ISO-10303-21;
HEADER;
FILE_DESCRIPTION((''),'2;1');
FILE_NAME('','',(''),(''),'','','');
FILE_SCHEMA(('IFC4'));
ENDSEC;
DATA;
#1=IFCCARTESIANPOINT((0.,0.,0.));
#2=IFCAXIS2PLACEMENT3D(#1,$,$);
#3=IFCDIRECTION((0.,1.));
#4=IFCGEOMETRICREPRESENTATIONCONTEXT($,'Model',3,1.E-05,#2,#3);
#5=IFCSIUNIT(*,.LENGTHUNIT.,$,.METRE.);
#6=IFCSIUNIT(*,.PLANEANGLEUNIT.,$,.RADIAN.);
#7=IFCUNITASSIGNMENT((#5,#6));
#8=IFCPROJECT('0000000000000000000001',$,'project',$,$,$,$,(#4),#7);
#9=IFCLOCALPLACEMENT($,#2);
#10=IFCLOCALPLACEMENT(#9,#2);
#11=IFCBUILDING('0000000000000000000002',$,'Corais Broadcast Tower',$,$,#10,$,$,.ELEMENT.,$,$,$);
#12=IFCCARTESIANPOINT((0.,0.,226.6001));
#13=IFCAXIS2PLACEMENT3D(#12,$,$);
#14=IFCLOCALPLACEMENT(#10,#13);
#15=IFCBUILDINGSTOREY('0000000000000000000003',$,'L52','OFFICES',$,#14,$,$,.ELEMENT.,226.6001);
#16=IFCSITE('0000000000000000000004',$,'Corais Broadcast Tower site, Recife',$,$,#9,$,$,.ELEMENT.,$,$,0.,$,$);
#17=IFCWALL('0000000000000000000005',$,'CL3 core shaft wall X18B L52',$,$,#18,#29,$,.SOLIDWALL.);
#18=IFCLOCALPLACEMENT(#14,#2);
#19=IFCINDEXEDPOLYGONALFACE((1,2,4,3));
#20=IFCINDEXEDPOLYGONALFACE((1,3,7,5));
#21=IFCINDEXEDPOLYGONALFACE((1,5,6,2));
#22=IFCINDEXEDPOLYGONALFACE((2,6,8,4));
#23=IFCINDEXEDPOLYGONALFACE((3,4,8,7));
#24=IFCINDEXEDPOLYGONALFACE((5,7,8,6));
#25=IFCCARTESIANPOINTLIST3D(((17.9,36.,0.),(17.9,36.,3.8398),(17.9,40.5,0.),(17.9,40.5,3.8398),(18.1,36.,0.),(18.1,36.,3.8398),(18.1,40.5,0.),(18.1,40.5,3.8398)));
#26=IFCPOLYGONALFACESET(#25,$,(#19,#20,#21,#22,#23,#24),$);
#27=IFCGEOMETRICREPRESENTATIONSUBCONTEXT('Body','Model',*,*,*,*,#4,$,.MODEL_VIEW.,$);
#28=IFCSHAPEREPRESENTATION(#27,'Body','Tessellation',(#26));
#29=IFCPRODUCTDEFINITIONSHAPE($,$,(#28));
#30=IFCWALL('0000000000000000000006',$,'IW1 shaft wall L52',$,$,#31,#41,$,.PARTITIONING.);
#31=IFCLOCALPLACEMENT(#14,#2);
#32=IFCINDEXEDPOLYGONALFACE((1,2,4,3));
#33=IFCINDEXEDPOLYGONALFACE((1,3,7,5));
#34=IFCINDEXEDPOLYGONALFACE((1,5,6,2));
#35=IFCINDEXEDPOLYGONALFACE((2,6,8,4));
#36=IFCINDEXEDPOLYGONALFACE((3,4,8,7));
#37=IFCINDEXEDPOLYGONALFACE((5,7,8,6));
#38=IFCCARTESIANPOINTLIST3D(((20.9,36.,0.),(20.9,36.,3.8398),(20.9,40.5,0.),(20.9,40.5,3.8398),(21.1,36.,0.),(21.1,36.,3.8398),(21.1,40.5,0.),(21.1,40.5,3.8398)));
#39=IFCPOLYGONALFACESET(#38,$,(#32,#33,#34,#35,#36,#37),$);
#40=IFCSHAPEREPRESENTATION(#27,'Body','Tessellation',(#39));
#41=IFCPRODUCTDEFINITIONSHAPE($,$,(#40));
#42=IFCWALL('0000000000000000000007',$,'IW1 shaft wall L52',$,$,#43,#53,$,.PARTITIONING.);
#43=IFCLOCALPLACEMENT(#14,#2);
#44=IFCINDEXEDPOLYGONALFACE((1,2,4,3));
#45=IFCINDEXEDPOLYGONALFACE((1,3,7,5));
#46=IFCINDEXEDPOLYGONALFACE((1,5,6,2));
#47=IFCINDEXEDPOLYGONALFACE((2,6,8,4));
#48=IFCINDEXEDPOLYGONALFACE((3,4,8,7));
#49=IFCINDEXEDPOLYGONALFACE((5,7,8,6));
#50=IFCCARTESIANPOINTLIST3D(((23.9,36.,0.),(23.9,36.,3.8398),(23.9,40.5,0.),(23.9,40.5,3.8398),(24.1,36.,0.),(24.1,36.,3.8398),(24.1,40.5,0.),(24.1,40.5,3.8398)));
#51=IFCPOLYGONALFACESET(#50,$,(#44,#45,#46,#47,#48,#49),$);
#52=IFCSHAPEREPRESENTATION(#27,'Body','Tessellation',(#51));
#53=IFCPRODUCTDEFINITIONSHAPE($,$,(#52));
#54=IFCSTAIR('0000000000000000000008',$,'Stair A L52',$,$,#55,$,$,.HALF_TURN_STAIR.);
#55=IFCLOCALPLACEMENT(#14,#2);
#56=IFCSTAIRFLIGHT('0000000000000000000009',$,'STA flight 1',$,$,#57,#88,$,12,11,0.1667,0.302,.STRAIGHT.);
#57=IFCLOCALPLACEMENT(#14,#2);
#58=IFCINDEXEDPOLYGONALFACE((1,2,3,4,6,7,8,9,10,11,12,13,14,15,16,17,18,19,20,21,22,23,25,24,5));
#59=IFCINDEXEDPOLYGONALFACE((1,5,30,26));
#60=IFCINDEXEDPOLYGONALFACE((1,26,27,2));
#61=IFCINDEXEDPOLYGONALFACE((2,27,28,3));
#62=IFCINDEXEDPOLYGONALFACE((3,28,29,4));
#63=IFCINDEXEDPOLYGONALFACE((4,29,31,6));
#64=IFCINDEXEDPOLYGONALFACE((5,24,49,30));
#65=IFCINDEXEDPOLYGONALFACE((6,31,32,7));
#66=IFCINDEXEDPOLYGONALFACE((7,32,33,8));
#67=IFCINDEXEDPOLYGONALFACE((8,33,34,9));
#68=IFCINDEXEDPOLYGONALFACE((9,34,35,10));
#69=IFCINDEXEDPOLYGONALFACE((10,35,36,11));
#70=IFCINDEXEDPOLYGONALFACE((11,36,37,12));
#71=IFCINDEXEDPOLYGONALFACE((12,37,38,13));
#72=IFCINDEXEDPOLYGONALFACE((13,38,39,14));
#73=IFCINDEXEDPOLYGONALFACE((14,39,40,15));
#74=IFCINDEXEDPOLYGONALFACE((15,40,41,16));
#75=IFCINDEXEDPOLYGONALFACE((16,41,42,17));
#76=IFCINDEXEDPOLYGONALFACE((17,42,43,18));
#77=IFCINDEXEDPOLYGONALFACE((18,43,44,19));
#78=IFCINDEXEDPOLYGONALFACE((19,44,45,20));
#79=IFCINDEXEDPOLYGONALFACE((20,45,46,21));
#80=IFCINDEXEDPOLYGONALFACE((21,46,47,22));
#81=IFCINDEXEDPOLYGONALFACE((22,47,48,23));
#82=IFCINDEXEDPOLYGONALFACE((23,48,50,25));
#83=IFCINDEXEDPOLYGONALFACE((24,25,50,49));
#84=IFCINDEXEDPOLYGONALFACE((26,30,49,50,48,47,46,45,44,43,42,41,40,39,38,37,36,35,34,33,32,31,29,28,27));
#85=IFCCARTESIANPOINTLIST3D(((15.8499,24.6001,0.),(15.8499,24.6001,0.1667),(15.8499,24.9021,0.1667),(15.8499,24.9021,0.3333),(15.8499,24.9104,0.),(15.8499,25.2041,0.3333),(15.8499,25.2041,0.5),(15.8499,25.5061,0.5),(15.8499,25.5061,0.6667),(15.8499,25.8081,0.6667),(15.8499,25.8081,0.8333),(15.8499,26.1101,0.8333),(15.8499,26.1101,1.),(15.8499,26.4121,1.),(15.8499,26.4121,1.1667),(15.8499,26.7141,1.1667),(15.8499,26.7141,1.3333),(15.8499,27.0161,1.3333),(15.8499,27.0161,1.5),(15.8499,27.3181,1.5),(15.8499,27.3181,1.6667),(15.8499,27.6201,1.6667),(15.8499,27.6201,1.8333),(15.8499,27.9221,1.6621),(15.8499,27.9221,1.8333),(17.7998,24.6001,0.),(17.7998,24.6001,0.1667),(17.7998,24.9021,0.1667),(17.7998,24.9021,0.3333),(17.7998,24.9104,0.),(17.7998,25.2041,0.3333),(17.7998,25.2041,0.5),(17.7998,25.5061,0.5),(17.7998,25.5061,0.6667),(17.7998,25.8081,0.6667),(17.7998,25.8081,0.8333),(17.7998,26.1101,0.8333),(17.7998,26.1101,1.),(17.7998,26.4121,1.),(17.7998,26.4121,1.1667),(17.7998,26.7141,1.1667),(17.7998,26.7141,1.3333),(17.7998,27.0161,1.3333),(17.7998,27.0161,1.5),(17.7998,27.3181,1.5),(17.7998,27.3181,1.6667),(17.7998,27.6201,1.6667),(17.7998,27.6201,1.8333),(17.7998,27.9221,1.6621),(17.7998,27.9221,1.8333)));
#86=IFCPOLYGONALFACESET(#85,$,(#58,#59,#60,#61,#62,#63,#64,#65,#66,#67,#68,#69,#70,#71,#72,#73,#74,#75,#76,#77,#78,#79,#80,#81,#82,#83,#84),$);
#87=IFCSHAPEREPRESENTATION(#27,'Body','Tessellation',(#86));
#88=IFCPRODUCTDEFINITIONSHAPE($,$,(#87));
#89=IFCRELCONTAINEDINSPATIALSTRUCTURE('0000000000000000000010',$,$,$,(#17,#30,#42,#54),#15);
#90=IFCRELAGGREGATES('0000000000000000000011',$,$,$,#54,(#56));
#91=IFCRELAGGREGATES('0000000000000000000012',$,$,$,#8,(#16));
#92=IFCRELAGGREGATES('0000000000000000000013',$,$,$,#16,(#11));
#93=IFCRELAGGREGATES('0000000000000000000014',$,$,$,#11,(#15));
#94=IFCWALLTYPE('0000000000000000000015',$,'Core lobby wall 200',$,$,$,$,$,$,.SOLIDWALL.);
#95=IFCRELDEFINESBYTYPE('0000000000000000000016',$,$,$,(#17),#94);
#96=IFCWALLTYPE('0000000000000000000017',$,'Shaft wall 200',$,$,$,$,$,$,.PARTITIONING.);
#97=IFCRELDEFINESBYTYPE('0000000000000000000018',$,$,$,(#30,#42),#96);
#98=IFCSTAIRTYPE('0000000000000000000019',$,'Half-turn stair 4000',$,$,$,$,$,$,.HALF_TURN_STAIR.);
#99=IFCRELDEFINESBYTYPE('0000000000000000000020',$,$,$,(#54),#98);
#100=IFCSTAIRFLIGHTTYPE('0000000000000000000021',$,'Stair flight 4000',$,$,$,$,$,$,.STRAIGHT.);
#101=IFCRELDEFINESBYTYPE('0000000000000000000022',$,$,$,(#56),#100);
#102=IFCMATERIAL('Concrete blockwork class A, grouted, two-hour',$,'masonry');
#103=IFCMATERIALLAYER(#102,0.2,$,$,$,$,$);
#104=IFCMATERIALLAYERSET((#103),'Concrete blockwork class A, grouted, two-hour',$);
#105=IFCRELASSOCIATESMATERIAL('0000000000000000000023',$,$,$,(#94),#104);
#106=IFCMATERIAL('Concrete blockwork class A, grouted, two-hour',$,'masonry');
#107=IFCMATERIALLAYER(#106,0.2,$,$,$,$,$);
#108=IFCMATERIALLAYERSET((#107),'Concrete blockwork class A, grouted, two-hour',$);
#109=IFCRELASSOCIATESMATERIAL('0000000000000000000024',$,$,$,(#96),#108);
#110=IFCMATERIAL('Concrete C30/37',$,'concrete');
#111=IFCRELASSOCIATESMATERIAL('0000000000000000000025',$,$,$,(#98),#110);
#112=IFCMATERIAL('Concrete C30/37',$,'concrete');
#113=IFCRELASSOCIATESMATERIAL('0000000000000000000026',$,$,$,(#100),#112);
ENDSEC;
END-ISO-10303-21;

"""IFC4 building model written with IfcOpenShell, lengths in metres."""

from ifc_helpers import new_model, si_unit, direction, frame, frame_2d, origin, place, context, subcontext, project, spatial, polyline, rectangle, outline, extrude, material, layer, layer_set, type_object, element, aggregate, save


model = new_model("IFC4")

# Units and contexts
model_context = context("Model", 3, precision=1e-05, world=origin(), true_north=direction((0.0, 1.0)))
body_context = subcontext(model_context, "Body", "Model", "MODEL_VIEW")
ifc_project = project(units=[si_unit("LENGTHUNIT", "METRE"), si_unit("PLANEANGLEUNIT", "RADIAN")], contexts=[model_context])

# Site, building, storey
site_placement = place(None, origin())
site = spatial("IfcSite", under=ifc_project, at=site_placement, Name="Corais Broadcast Tower site, Recife", CompositionType="ELEMENT", RefElevation=0.0)
building_placement = place(site_placement, origin())
building = spatial("IfcBuilding", under=site, at=building_placement, Name="Corais Broadcast Tower", CompositionType="ELEMENT")
storey_placement = place(building_placement, frame((0.0, 0.0, 226.6001)))
storey = spatial("IfcBuildingStorey", under=building, at=storey_placement, Name="L52", Description="OFFICES", CompositionType="ELEMENT", Elevation=226.6001)

# Walls
ifc_material_1 = material(Name="Concrete blockwork class A, grouted, two-hour", Category="masonry")
ifc_layer_1 = layer(ifc_material_1, 0.2)
ifc_layer_set_1 = layer_set([ifc_layer_1], Name="Concrete blockwork class A, grouted, two-hour")
wall_type_1 = type_object("IfcWallType", Name="Core lobby wall 200", PredefinedType="SOLIDWALL", material=ifc_layer_set_1)
wall_placement = place(storey_placement, frame((18.0, 36.0, 0.0), z_axis=(0.0, 0.0, 1.0), x_axis=(0.0, 1.0, 0.0)))
element("IfcWall", 1, at=wall_placement, inside=storey, type_object=wall_type_1, Name="CL3 core shaft wall X18B L52", PredefinedType="SOLIDWALL", context=body_context, shape_type="SweptSolid", body=[
    extrude(rectangle(XDim=4.5, YDim=0.2, at=frame_2d((2.25, 0.0))), origin(), (0.0, 0.0, 1.0), 3.8398),
])
ifc_material_2 = material(Name="Concrete blockwork class A, grouted, two-hour", Category="masonry")
ifc_layer_2 = layer(ifc_material_2, 0.2)
ifc_layer_set_2 = layer_set([ifc_layer_2], Name="Concrete blockwork class A, grouted, two-hour")
wall_type_2 = type_object("IfcWallType", Name="Shaft wall 200", PredefinedType="PARTITIONING", material=ifc_layer_set_2)
for number, where, z_axis, x_axis, name in (
    (2, (21.0, 36.0, 0.0), (0.0, 0.0, 1.0), (0.0, 1.0, 0.0), "IW1 shaft wall L52"),
    (3, (24.0, 36.0, 0.0), (0.0, 0.0, 1.0), (0.0, 1.0, 0.0), "IW1 shaft wall L52"),
):
    element("IfcWall", number, at=place(storey_placement, frame(where, z_axis=z_axis, x_axis=x_axis)), inside=storey, type_object=wall_type_2, Name=name, PredefinedType="PARTITIONING", context=body_context, shape_type="SweptSolid", body=[
        extrude(rectangle(XDim=4.5, YDim=0.2, at=frame_2d((2.25, 0.0))), origin(), (0.0, 0.0, 1.0), 3.8398),
    ])

# Stair, stair flight
ifc_material_3 = material(Name="Concrete C30/37", Category="concrete")
stair_type = type_object("IfcStairType", Name="Half-turn stair 4000", PredefinedType="HALF_TURN_STAIR", material=ifc_material_3)
stair_placement = place(storey_placement, origin())
stair = element("IfcStair", 4, at=stair_placement, inside=storey, type_object=stair_type, Name="Stair A L52", PredefinedType="HALF_TURN_STAIR")
ifc_material_4 = material(Name="Concrete C30/37", Category="concrete")
stair_flight_type = type_object("IfcStairFlightType", Name="Stair flight 4000", PredefinedType="STRAIGHT", material=ifc_material_4)
stair_flight_placement = place(storey_placement, frame((16.825, 24.6001, 0.0), z_axis=(0.0, 0.0, 1.0), x_axis=(0.0, 1.0, 0.0)))
stair_flight = element("IfcStairFlight", 5, at=stair_flight_placement, type_object=stair_flight_type, Name="STA flight 1", NumberOfRisers=12, NumberOfTreads=11, PredefinedType="STRAIGHT", RiserHeight=0.1667, TreadLength=0.302, context=body_context, shape_type="SweptSolid", body=[
    extrude(outline(polyline([(0.0, 0.0), (0.0, 0.1667), (0.302, 0.1667), (0.302, 0.3333), (0.604, 0.3333), (0.604, 0.5), (0.906, 0.5), (0.906, 0.6667), (1.208, 0.6667), (1.208, 0.8333), (1.51, 0.8333), (1.51, 1.0), (1.812, 1.0), (1.812, 1.1667), (2.114, 1.1667), (2.114, 1.3333), (2.416, 1.3333), (2.416, 1.5), (2.718, 1.5), (2.718, 1.6667), (3.02, 1.6667), (3.02, 1.8333), (3.322, 1.8333), (3.322, 2.0), (3.322, 1.6621), (0.3103, 0.0), (0.0, 0.0)])), frame((0.0, 0.9751, 0.0), z_axis=(0.0, -1.0, 0.0), x_axis=(1.0, 0.0, 0.0)), (0.0, 0.0, 1.0), 1.95),
])
aggregate(stair, [stair_flight])

save(model, "model.ifc")
